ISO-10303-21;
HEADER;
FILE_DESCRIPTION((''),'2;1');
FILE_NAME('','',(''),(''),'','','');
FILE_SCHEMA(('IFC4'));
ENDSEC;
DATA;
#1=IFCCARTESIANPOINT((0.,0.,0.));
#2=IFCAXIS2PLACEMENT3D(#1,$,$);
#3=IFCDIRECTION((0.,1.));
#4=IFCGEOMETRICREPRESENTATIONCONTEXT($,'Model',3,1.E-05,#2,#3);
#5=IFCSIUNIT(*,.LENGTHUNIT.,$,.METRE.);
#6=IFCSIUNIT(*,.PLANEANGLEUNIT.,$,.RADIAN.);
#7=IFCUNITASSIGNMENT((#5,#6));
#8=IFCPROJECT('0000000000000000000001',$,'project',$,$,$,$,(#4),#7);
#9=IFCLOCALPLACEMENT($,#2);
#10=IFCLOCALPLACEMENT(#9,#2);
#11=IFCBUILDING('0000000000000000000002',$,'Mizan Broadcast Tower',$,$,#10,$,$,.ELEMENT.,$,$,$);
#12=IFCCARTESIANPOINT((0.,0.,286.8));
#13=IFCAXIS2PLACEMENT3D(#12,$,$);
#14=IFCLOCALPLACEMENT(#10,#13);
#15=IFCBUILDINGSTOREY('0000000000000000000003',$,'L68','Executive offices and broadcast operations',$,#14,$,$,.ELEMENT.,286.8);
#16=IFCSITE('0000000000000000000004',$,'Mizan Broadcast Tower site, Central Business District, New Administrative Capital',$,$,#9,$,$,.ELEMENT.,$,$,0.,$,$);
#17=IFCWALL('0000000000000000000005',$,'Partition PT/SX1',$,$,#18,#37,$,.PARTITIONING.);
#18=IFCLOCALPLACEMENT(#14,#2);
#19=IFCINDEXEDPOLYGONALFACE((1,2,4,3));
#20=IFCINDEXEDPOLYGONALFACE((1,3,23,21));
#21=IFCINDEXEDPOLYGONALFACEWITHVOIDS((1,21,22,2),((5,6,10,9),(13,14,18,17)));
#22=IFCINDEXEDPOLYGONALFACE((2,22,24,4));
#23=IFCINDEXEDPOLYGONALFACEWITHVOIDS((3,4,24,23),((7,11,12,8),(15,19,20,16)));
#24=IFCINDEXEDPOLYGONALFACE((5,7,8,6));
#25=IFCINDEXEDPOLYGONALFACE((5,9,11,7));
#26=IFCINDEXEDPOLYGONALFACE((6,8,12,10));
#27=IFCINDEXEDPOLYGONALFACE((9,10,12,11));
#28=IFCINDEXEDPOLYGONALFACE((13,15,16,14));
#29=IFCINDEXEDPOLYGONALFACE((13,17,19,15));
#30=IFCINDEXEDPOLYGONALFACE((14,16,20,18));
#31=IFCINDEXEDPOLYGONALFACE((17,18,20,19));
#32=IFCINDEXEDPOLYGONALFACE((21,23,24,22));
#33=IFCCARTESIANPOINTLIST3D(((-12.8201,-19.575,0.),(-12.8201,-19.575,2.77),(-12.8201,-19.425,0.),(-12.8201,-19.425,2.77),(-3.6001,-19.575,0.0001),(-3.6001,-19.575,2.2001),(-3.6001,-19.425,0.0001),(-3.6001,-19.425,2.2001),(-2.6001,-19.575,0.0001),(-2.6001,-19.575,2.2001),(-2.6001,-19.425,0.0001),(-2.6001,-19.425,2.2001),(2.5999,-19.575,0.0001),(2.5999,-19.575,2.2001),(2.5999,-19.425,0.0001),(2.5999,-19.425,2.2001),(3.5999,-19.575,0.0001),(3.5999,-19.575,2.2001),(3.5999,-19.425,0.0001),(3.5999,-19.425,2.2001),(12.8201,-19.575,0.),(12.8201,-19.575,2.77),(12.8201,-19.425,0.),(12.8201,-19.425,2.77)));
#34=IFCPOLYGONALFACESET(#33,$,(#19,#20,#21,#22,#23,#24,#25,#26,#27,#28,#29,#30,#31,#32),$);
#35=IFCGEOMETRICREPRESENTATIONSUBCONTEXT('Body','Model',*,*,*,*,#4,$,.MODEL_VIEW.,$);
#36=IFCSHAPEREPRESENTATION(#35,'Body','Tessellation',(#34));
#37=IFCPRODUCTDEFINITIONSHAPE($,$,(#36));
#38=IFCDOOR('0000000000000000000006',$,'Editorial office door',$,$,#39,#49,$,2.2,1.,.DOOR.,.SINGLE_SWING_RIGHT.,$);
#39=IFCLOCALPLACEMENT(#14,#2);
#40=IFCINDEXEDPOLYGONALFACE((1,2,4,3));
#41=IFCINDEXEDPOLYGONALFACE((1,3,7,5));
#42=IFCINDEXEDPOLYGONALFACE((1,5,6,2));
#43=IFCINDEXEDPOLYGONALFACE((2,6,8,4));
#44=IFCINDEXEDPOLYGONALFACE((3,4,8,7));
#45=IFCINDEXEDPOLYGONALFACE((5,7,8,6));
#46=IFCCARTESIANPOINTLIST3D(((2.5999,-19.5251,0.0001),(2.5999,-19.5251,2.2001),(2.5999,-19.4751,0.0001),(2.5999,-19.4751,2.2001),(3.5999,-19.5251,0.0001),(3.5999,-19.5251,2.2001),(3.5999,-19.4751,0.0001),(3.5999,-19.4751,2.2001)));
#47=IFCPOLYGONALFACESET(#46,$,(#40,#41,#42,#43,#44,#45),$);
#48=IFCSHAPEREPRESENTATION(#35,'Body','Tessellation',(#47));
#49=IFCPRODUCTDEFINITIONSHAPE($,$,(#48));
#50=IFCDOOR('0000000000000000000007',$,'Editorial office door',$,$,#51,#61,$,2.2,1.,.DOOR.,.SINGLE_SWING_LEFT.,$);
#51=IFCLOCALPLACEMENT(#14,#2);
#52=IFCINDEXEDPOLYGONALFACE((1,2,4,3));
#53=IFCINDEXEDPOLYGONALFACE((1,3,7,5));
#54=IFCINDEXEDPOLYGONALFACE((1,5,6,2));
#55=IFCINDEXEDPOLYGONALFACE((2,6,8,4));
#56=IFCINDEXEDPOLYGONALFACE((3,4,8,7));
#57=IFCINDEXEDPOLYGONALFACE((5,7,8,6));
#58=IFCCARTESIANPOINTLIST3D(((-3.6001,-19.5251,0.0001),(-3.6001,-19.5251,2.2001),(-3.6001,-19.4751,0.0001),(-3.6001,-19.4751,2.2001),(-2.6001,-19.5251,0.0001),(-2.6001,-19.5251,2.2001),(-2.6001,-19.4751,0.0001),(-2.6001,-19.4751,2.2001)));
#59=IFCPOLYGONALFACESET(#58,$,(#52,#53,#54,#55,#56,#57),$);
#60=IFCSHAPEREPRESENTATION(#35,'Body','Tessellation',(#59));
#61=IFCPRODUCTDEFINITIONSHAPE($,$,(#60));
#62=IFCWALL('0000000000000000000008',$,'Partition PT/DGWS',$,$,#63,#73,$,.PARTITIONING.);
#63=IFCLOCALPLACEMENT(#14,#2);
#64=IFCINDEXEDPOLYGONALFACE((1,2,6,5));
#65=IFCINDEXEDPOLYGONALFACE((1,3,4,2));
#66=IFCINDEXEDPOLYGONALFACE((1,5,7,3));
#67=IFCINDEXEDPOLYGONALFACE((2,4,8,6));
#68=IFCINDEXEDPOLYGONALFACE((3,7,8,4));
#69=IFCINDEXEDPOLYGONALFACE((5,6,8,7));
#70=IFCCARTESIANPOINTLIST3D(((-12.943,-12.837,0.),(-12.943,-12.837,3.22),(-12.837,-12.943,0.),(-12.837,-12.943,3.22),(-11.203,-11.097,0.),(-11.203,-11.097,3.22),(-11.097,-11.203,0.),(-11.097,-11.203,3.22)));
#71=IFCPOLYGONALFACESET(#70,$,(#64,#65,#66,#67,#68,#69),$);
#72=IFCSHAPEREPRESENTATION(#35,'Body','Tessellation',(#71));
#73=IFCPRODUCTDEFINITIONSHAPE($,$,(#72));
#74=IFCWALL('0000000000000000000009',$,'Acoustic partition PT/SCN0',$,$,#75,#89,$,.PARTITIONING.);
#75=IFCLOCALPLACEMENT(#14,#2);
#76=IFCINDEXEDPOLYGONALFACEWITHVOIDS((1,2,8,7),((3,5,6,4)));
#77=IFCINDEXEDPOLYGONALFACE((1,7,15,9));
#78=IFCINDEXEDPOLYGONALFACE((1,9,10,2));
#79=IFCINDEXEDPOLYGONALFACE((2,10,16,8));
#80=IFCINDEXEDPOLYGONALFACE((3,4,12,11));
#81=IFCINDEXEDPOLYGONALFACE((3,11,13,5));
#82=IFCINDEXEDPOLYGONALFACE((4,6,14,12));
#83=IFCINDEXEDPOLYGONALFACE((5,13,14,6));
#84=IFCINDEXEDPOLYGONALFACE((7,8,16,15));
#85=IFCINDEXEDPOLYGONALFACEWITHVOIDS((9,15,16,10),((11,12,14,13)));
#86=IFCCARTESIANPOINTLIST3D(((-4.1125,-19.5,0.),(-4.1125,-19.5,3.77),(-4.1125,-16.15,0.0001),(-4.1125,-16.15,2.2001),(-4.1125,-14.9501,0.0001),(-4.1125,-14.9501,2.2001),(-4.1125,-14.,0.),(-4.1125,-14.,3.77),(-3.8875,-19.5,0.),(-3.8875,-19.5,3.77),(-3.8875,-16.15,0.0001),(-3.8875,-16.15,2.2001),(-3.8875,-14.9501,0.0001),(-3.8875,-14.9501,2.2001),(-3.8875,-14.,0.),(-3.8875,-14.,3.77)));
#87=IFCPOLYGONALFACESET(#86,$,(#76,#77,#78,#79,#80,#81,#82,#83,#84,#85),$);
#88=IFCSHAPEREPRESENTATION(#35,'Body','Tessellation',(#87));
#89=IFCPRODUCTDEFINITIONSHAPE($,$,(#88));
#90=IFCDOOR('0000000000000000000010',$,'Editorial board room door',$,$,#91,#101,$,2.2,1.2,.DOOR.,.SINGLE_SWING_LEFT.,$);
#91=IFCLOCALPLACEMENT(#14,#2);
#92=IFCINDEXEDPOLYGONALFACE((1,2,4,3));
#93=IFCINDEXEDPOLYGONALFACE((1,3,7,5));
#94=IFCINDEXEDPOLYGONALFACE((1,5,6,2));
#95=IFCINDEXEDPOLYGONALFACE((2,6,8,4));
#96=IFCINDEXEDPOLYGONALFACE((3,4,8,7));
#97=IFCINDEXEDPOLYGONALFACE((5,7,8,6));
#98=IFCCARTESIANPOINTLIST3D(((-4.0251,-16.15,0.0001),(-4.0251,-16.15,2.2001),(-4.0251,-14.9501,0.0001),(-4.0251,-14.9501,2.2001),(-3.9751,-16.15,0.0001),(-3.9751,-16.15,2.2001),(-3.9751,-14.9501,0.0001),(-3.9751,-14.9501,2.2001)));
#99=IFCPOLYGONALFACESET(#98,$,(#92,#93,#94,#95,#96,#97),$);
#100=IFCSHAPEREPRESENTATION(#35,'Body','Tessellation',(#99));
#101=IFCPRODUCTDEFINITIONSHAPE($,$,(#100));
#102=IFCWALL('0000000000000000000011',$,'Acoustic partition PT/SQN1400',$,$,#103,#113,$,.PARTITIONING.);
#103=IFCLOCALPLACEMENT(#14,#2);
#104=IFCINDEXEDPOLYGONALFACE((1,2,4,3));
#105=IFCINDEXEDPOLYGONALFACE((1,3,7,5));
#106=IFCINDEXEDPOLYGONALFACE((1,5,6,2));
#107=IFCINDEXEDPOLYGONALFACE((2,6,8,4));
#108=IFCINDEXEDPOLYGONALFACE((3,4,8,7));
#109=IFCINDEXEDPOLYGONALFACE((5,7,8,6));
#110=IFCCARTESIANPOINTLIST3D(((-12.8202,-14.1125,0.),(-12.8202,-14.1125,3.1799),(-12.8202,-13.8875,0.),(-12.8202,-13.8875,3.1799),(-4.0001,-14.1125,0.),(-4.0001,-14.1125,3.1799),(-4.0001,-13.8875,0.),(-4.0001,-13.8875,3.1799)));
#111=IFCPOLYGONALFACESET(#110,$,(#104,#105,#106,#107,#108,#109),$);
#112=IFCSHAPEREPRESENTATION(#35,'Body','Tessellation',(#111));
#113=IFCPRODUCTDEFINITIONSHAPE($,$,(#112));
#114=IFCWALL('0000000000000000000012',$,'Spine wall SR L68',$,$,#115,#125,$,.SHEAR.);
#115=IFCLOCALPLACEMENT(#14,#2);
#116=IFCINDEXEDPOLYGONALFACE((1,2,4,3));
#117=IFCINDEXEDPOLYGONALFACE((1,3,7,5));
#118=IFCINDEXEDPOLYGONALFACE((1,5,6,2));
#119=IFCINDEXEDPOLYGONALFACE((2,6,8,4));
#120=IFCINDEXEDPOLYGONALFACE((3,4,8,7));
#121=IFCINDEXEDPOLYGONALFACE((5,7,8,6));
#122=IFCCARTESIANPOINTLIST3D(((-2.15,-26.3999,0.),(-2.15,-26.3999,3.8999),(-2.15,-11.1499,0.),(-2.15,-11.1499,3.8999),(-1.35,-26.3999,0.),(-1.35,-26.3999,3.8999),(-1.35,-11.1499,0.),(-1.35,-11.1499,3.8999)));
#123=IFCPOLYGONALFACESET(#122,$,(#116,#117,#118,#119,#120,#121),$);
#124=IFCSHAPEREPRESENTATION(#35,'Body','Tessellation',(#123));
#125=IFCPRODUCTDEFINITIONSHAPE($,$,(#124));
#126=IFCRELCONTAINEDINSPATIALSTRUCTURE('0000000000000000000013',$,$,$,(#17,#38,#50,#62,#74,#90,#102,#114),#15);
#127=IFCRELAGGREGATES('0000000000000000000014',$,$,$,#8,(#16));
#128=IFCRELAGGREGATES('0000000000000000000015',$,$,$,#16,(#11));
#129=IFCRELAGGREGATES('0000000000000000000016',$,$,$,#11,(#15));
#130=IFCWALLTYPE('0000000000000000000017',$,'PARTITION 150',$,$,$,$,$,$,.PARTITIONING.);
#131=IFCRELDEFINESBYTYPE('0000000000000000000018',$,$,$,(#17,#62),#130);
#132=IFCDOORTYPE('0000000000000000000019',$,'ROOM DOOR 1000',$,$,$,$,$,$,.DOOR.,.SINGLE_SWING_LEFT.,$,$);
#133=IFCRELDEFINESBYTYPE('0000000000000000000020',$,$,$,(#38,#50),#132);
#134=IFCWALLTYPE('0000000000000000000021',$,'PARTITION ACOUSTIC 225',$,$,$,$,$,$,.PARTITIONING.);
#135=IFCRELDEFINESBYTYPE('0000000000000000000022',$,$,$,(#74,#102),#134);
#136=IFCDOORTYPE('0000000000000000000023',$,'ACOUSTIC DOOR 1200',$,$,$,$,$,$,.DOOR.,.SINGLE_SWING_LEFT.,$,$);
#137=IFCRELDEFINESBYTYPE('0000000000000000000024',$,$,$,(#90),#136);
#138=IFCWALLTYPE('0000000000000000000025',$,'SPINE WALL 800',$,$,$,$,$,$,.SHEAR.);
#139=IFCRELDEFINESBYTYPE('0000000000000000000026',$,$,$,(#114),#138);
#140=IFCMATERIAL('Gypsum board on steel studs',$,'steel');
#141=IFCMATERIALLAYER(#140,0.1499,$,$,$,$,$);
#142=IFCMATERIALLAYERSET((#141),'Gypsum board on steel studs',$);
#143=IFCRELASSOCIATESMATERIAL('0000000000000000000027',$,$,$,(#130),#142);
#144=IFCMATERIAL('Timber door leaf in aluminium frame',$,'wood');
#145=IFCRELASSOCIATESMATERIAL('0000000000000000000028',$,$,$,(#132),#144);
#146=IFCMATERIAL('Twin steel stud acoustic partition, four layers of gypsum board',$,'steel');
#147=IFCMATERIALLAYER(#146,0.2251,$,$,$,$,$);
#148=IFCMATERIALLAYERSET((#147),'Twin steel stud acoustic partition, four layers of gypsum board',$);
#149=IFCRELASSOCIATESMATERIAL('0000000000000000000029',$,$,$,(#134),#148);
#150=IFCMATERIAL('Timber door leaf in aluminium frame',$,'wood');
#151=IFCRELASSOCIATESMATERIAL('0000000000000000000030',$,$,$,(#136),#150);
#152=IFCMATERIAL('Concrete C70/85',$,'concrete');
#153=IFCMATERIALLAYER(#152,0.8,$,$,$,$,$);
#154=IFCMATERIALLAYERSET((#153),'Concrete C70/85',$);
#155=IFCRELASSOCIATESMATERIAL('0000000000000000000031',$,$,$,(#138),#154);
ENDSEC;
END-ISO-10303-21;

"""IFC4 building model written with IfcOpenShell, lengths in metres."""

from ifc_helpers import new_model, si_unit, direction, frame, frame_2d, origin, place, context, subcontext, project, spatial, rectangle, extrude, material, layer, layer_set, type_object, element, fill, save


model = new_model("IFC4")

# Units and contexts
model_context = context("Model", 3, precision=1e-05, world=origin(), true_north=direction((0.0, 1.0)))
body_context = subcontext(model_context, "Body", "Model", "MODEL_VIEW")
ifc_project = project(units=[si_unit("LENGTHUNIT", "METRE"), si_unit("PLANEANGLEUNIT", "RADIAN")], contexts=[model_context])

# Site, building, storey
site_placement = place(None, origin())
site = spatial("IfcSite", under=ifc_project, at=site_placement, Name="Mizan Broadcast Tower site, Central Business District, New Administrative Capital", CompositionType="ELEMENT", RefElevation=0.0)
building_placement = place(site_placement, origin())
building = spatial("IfcBuilding", under=site, at=building_placement, Name="Mizan Broadcast Tower", CompositionType="ELEMENT")
storey_placement = place(building_placement, frame((0.0, 0.0, 286.8)))
storey = spatial("IfcBuildingStorey", under=building, at=storey_placement, Name="L68", Description="Executive offices and broadcast operations", CompositionType="ELEMENT", Elevation=286.8)

# Wall, openings, doors
ifc_material_1 = material(Name="Gypsum board on steel studs", Category="steel")
ifc_layer_1 = layer(ifc_material_1, 0.1499)
ifc_layer_set_1 = layer_set([ifc_layer_1], Name="Gypsum board on steel studs")
wall_type_1 = type_object("IfcWallType", Name="PARTITION 150", PredefinedType="PARTITIONING", material=ifc_layer_set_1)
wall_1_placement = place(storey_placement, frame((-12.8201, -19.5, 0.0), z_axis=(0.0, 0.0, 1.0), x_axis=(1.0, 0.0, 0.0)))
wall_1 = element("IfcWall", 1, at=wall_1_placement, inside=storey, type_object=wall_type_1, Name="Partition PT/SX1", PredefinedType="PARTITIONING", context=body_context, shape_type="SweptSolid", body=[
    extrude(rectangle(XDim=25.6401, YDim=0.1499, at=frame_2d((12.8201, 0.0))), origin(), (0.0, 0.0, 1.0), 2.77),
])
opening_1_placement = place(wall_1_placement, frame((15.4199, 0.0, 0.0)))
opening_1 = element("IfcOpeningElement", 2, at=opening_1_placement, cuts=wall_1, PredefinedType="OPENING", context=body_context, shape_type="SweptSolid", body=[
    extrude(rectangle(XDim=1.0, YDim=2.2, at=frame_2d((0.5, 1.1001))), frame((0.0, 0.085, 0.0), z_axis=(0.0, -1.0, 0.0), x_axis=(1.0, 0.0, 0.0)), (0.0, 0.0, 1.0), 0.1699),
])
opening_2_placement = place(wall_1_placement, frame((9.22, 0.0, 0.0)))
opening_2 = element("IfcOpeningElement", 3, at=opening_2_placement, cuts=wall_1, PredefinedType="OPENING", context=body_context, shape_type="SweptSolid", body=[
    extrude(rectangle(XDim=1.0, YDim=2.2, at=frame_2d((0.5, 1.1001))), frame((0.0, 0.085, 0.0), z_axis=(0.0, -1.0, 0.0), x_axis=(1.0, 0.0, 0.0)), (0.0, 0.0, 1.0), 0.1699),
])
ifc_material_2 = material(Name="Timber door leaf in aluminium frame", Category="wood")
door_type_1 = type_object("IfcDoorType", Name="ROOM DOOR 1000", OperationType="SINGLE_SWING_LEFT", PredefinedType="DOOR", material=ifc_material_2)
door_1_placement = place(opening_1_placement, origin())
door_1 = element("IfcDoor", 4, at=door_1_placement, inside=storey, type_object=door_type_1, Name="Editorial office door", OperationType="SINGLE_SWING_RIGHT", OverallHeight=2.2, OverallWidth=1.0, PredefinedType="DOOR", context=body_context, shape_type="SweptSolid", body=[
    extrude(rectangle(XDim=1.0, YDim=2.2, at=frame_2d((0.5, 1.1001))), frame((0.0, 0.0249, 0.0), z_axis=(0.0, -1.0, 0.0), x_axis=(1.0, 0.0, 0.0)), (0.0, 0.0, 1.0), 0.05),
])
fill(opening_1, door_1)
door_2_placement = place(opening_2_placement, origin())
door_2 = element("IfcDoor", 5, at=door_2_placement, inside=storey, type_object=door_type_1, Name="Editorial office door", OperationType="SINGLE_SWING_LEFT", OverallHeight=2.2, OverallWidth=1.0, PredefinedType="DOOR", context=body_context, shape_type="SweptSolid", body=[
    extrude(rectangle(XDim=1.0, YDim=2.2, at=frame_2d((0.5, 1.1001))), frame((0.0, 0.0249, 0.0), z_axis=(0.0, -1.0, 0.0), x_axis=(1.0, 0.0, 0.0)), (0.0, 0.0, 1.0), 0.05),
])
fill(opening_2, door_2)

# Wall
wall_2_placement = place(storey_placement, frame((-11.1499, -11.1499, 0.0), z_axis=(0.0, 0.0, 1.0), x_axis=(-0.707107, -0.707107, 0.0)))
element("IfcWall", 6, at=wall_2_placement, inside=storey, type_object=wall_type_1, Name="Partition PT/DGWS", PredefinedType="PARTITIONING", context=body_context, shape_type="SweptSolid", body=[
    extrude(rectangle(XDim=2.4607, YDim=0.1499, at=frame_2d((1.2305, 0.0))), origin(), (0.0, 0.0, 1.0), 3.22),
])

# Wall, opening, door
ifc_material_3 = material(Name="Twin steel stud acoustic partition, four layers of gypsum board", Category="steel")
ifc_layer_2 = layer(ifc_material_3, 0.2251)
ifc_layer_set_2 = layer_set([ifc_layer_2], Name="Twin steel stud acoustic partition, four layers of gypsum board")
wall_type_2 = type_object("IfcWallType", Name="PARTITION ACOUSTIC 225", PredefinedType="PARTITIONING", material=ifc_layer_set_2)
wall_3_placement = place(storey_placement, frame((-4.0, -14.0, 0.0), z_axis=(0.0, 0.0, 1.0), x_axis=(0.0, -1.0, 0.0)))
wall_3 = element("IfcWall", 7, at=wall_3_placement, inside=storey, type_object=wall_type_2, Name="Acoustic partition PT/SCN0", PredefinedType="PARTITIONING", context=body_context, shape_type="SweptSolid", body=[
    extrude(rectangle(XDim=5.5, YDim=0.2251, at=frame_2d((2.75, 0.0))), origin(), (0.0, 0.0, 1.0), 3.77),
])
opening_3_placement = place(wall_3_placement, frame((0.95, 0.0, 0.0)))
opening_3 = element("IfcOpeningElement", 8, at=opening_3_placement, cuts=wall_3, PredefinedType="OPENING", context=body_context, shape_type="SweptSolid", body=[
    extrude(rectangle(XDim=1.2, YDim=2.2, at=frame_2d((0.6001, 1.1001))), frame((0.0, 0.1226, 0.0), z_axis=(0.0, -1.0, 0.0), x_axis=(1.0, 0.0, 0.0)), (0.0, 0.0, 1.0), 0.2451),
])
ifc_material_4 = material(Name="Timber door leaf in aluminium frame", Category="wood")
door_type_2 = type_object("IfcDoorType", Name="ACOUSTIC DOOR 1200", OperationType="SINGLE_SWING_LEFT", PredefinedType="DOOR", material=ifc_material_4)
door_3_placement = place(opening_3_placement, origin())
door_3 = element("IfcDoor", 9, at=door_3_placement, inside=storey, type_object=door_type_2, Name="Editorial board room door", OperationType="SINGLE_SWING_LEFT", OverallHeight=2.2, OverallWidth=1.2, PredefinedType="DOOR", context=body_context, shape_type="SweptSolid", body=[
    extrude(rectangle(XDim=1.2, YDim=2.2, at=frame_2d((0.6001, 1.1001))), frame((0.0, 0.0249, 0.0), z_axis=(0.0, -1.0, 0.0), x_axis=(1.0, 0.0, 0.0)), (0.0, 0.0, 1.0), 0.05),
])
fill(opening_3, door_3)

# Walls
wall_4_placement = place(storey_placement, frame((-4.0, -14.0, 0.0), z_axis=(0.0, 0.0, 1.0), x_axis=(-1.0, 0.0, 0.0)))
element("IfcWall", 10, at=wall_4_placement, inside=storey, type_object=wall_type_2, Name="Acoustic partition PT/SQN1400", PredefinedType="PARTITIONING", context=body_context, shape_type="SweptSolid", body=[
    extrude(rectangle(XDim=8.8201, YDim=0.2251, at=frame_2d((4.4102, 0.0))), origin(), (0.0, 0.0, 1.0), 3.1799),
])
ifc_material_5 = material(Name="Concrete C70/85", Category="concrete")
ifc_layer_3 = layer(ifc_material_5, 0.8)
ifc_layer_set_3 = layer_set([ifc_layer_3], Name="Concrete C70/85")
wall_type_3 = type_object("IfcWallType", Name="SPINE WALL 800", PredefinedType="SHEAR", material=ifc_layer_set_3)
wall_5_placement = place(storey_placement, frame((-1.75, -11.1499, 0.0), z_axis=(0.0, 0.0, 1.0), x_axis=(0.0, -1.0, 0.0)))
element("IfcWall", 11, at=wall_5_placement, inside=storey, type_object=wall_type_3, Name="Spine wall SR L68", PredefinedType="SHEAR", context=body_context, shape_type="SweptSolid", body=[
    extrude(rectangle(XDim=15.25, YDim=0.8, at=frame_2d((7.625, 0.0))), origin(), (0.0, 0.0, 1.0), 3.8999),
])

save(model, "model.ifc")
